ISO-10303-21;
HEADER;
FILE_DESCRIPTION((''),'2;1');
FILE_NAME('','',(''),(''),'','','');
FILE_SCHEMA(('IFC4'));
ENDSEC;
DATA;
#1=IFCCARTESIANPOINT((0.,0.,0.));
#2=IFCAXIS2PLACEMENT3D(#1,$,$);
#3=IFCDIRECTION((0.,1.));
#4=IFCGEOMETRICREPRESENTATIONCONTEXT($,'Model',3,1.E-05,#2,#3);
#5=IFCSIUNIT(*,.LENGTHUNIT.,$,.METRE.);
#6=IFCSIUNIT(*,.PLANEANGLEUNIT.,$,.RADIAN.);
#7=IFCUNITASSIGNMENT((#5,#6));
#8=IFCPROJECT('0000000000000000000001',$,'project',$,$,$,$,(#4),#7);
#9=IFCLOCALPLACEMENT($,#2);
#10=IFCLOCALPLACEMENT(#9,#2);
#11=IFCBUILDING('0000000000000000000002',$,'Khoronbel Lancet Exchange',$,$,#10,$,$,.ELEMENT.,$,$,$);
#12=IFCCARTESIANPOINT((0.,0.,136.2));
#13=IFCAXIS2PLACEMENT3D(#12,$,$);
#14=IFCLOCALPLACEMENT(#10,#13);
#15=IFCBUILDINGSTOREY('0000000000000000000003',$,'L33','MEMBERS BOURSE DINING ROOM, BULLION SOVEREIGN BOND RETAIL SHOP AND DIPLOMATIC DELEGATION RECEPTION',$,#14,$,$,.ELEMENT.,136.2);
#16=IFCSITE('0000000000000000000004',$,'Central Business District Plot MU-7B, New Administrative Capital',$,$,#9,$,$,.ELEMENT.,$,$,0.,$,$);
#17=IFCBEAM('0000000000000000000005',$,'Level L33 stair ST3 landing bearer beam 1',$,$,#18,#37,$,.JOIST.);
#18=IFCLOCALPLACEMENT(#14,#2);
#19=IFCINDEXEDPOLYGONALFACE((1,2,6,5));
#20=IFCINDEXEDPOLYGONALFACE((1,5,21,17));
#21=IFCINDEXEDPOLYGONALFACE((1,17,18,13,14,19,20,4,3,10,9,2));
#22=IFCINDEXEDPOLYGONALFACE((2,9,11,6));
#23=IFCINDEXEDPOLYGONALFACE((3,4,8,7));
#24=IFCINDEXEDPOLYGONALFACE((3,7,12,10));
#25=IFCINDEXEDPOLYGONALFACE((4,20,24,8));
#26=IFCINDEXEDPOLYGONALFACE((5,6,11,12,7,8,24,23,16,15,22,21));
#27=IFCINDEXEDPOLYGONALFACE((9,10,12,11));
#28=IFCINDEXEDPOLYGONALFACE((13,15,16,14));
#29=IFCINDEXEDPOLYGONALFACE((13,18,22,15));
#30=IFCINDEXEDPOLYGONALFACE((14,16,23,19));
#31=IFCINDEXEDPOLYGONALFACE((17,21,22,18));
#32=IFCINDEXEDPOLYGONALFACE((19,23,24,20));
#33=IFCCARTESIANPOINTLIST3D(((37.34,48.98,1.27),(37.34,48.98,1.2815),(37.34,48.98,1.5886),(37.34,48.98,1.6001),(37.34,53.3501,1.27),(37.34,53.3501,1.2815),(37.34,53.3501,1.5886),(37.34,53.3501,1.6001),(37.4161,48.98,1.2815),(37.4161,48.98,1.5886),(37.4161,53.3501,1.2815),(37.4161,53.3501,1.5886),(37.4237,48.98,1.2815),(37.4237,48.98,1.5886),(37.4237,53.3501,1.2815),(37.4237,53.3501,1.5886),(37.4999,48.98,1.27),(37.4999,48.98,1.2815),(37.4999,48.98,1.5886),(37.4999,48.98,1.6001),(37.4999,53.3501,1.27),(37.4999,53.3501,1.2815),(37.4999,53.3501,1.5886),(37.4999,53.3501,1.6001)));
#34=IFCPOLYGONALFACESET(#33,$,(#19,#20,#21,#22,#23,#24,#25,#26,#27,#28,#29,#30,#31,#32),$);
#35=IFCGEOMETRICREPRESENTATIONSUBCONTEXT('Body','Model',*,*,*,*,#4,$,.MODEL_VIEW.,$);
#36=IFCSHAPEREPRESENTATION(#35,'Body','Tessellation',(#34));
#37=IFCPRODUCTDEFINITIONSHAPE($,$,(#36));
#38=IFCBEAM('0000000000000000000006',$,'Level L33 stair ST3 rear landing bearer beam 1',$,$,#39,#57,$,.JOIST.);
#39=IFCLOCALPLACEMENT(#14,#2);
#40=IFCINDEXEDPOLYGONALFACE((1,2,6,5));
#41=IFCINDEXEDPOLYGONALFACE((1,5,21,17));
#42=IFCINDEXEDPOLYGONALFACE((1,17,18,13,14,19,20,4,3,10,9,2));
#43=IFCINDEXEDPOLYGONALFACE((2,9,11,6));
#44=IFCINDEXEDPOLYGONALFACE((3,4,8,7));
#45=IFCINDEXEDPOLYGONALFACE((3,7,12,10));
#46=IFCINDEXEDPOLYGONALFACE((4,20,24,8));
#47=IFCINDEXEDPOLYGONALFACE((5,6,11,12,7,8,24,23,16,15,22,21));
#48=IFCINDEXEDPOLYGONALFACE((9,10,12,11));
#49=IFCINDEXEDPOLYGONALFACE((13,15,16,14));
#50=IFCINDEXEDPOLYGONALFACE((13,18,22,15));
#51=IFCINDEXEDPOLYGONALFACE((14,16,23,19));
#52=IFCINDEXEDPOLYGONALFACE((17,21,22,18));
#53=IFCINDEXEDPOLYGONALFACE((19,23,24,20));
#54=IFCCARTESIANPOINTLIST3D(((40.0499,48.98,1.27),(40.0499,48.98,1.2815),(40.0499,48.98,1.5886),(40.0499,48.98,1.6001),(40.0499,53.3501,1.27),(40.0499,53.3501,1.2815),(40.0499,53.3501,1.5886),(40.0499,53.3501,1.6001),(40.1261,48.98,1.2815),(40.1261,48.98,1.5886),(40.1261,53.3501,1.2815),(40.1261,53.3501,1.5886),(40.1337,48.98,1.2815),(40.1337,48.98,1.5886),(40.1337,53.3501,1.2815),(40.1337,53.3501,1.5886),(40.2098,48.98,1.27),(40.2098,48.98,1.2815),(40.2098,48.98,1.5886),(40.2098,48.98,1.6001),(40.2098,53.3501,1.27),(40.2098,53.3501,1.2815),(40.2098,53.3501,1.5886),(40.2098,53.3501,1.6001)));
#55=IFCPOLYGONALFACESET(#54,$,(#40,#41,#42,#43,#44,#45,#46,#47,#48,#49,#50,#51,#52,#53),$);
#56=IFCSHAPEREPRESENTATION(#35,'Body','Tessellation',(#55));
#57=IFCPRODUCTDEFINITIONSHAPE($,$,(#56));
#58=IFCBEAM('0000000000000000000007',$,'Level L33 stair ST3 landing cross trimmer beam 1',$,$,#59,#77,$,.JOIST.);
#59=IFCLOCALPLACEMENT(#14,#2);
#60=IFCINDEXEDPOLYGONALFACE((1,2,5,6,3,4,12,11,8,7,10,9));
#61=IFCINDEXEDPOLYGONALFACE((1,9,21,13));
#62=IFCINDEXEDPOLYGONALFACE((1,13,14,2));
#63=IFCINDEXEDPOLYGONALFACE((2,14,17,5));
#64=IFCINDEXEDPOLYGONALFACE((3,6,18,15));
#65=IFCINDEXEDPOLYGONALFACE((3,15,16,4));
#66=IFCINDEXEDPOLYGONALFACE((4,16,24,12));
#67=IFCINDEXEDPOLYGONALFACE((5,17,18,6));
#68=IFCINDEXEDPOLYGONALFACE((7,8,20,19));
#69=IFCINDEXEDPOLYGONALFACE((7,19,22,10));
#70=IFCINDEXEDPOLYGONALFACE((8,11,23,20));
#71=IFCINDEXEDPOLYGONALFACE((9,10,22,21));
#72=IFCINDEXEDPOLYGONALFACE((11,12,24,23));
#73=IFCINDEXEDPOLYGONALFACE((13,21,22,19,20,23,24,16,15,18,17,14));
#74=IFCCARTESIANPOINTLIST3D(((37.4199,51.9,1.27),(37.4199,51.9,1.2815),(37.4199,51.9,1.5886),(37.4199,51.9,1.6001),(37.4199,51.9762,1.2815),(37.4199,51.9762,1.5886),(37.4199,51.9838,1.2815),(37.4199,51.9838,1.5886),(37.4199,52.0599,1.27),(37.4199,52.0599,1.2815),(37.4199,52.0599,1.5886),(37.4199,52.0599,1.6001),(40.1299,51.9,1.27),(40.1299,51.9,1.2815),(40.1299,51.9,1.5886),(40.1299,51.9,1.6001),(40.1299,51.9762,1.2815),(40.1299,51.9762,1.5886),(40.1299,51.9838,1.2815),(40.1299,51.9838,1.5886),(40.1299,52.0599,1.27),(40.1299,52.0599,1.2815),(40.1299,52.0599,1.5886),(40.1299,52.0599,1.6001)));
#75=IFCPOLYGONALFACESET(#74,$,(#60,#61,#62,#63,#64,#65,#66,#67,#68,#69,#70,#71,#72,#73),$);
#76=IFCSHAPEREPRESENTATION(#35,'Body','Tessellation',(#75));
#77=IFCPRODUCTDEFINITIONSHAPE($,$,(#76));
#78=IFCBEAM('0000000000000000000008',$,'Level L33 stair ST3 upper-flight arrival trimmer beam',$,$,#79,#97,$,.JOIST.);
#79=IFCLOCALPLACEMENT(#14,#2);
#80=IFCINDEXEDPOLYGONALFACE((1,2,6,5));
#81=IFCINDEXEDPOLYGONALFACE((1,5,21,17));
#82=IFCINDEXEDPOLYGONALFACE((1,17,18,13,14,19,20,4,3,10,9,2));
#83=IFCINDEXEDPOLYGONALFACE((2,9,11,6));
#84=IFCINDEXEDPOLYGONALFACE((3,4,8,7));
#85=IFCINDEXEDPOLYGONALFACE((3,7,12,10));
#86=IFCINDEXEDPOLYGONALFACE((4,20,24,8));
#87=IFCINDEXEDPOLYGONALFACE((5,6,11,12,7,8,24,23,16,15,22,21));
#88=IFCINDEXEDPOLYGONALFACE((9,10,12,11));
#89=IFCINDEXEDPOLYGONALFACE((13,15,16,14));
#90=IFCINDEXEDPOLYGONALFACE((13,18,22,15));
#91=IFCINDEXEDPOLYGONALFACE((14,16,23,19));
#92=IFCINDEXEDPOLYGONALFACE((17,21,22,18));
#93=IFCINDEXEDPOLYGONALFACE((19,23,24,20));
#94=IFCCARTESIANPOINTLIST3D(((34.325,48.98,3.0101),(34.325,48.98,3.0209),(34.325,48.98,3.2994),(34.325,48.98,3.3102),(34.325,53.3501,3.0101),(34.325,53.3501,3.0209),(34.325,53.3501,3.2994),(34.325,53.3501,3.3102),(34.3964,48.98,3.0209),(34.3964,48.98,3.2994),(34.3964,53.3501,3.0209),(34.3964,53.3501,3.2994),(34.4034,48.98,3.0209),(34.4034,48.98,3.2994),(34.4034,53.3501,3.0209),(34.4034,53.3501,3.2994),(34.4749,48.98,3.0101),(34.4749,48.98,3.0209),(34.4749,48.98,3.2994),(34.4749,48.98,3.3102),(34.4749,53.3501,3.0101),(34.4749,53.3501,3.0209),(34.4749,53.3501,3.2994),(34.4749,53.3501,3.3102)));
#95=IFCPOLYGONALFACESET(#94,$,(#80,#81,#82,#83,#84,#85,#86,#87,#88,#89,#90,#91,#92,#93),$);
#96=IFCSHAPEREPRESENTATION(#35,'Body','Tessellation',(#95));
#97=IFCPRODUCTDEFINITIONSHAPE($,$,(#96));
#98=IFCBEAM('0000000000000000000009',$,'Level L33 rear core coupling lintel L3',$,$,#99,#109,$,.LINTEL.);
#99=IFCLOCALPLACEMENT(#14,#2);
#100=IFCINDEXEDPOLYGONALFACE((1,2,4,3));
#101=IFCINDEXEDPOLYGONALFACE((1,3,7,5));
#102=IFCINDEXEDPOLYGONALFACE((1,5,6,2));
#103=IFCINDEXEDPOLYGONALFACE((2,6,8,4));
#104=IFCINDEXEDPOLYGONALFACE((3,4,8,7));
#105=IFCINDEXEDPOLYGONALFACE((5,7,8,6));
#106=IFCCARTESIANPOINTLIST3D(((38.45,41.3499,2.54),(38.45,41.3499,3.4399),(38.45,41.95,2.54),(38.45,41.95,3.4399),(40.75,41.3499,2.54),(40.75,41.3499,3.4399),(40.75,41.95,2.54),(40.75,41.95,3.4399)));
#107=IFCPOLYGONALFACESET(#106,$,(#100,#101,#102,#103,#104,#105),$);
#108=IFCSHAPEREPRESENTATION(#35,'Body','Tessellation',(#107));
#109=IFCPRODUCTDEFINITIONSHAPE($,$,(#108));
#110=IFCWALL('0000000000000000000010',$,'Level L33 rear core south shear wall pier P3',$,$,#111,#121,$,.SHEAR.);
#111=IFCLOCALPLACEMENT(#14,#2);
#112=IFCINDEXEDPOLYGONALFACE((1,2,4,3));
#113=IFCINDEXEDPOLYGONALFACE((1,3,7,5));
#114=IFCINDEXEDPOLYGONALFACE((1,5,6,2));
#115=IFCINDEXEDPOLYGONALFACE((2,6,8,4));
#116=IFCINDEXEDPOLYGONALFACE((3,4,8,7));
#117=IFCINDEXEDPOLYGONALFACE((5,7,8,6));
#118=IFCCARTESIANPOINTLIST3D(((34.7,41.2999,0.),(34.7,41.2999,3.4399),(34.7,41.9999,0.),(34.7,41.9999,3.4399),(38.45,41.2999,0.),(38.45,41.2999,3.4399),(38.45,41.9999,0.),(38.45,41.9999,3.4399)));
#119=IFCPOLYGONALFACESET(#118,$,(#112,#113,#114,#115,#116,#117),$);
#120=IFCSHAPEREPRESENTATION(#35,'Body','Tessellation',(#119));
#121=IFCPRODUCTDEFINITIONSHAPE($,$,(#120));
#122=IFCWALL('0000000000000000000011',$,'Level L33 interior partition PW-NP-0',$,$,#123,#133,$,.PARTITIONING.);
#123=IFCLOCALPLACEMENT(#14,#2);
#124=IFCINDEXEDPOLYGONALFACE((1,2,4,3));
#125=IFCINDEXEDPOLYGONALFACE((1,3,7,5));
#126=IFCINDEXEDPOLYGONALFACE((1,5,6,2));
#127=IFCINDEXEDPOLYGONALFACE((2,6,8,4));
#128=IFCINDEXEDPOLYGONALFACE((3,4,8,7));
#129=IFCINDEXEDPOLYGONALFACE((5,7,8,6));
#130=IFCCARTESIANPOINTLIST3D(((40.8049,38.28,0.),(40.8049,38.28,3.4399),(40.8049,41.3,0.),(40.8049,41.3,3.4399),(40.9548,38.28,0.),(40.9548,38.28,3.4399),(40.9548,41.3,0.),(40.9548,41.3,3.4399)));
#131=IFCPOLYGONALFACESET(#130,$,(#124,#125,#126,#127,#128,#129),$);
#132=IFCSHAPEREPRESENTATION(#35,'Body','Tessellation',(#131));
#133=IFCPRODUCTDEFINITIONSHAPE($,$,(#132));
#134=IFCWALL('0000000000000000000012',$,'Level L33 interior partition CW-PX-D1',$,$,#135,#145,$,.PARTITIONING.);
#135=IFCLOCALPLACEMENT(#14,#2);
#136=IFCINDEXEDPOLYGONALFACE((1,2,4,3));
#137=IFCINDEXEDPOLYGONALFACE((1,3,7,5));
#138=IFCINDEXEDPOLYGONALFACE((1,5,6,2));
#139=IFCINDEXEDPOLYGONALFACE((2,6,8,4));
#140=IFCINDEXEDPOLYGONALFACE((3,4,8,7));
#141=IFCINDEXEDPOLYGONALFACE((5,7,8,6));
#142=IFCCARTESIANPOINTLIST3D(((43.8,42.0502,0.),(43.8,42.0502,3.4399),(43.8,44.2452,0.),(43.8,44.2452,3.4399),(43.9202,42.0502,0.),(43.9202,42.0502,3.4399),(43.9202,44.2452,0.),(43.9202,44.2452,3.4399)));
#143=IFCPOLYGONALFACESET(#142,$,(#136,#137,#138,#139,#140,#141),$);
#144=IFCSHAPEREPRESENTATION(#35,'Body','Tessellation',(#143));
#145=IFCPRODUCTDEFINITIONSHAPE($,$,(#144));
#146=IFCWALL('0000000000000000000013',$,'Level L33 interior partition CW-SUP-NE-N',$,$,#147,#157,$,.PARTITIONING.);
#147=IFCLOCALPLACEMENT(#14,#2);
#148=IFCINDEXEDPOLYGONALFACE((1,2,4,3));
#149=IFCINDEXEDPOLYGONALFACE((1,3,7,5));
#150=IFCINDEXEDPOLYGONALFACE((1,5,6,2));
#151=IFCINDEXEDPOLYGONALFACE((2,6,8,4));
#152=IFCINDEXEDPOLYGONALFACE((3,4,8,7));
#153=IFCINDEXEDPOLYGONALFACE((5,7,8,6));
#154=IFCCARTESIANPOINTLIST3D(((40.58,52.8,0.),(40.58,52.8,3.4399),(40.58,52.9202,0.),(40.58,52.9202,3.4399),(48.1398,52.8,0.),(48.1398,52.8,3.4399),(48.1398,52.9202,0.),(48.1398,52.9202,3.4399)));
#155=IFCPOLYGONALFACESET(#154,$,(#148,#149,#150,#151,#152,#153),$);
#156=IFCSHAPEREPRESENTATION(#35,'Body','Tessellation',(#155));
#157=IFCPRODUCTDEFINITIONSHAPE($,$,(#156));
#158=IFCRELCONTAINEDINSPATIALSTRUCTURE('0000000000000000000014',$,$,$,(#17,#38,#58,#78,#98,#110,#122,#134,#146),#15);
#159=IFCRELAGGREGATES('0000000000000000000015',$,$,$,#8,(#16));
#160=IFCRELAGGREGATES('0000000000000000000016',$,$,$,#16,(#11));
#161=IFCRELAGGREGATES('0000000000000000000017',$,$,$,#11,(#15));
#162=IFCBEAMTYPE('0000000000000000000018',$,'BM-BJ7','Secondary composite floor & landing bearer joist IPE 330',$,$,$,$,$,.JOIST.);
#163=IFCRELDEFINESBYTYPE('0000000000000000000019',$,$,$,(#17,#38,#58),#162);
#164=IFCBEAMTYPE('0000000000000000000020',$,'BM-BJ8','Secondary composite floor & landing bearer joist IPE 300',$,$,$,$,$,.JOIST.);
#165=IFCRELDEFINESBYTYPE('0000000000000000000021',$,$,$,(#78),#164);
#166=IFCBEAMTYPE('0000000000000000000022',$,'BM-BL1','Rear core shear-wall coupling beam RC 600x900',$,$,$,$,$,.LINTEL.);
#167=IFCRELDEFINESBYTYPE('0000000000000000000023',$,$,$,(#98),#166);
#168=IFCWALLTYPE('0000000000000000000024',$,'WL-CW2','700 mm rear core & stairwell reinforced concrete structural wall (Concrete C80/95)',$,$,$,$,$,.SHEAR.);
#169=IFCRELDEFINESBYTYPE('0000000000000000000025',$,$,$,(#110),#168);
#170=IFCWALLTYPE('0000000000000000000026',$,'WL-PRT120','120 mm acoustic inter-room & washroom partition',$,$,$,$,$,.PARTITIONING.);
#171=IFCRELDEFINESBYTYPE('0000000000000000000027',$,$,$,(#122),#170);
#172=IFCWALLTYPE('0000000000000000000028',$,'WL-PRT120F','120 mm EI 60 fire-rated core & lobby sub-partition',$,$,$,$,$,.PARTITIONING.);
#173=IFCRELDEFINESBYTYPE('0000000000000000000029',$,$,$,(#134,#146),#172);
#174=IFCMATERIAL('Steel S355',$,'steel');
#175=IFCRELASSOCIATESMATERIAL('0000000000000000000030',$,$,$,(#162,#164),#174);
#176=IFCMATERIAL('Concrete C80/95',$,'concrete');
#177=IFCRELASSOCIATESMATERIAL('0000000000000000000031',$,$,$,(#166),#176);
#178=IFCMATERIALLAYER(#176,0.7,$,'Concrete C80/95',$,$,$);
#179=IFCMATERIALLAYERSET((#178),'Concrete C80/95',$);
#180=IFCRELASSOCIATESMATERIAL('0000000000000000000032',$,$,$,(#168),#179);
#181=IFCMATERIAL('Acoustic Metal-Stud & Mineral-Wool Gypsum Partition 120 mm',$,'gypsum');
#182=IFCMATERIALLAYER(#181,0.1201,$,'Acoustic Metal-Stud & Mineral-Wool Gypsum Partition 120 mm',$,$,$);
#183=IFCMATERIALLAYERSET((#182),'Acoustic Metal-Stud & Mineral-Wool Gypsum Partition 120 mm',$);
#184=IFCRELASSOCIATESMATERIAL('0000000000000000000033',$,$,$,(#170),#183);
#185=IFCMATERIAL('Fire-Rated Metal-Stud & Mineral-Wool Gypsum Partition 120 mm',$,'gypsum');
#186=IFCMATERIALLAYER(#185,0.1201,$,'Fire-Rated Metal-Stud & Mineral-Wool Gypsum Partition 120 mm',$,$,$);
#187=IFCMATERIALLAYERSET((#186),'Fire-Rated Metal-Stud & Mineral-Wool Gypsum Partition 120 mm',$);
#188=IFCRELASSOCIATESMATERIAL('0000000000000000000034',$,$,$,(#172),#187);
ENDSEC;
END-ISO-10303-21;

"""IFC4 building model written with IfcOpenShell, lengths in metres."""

from ifc_helpers import new_model, si_unit, direction, frame, frame_2d, origin, origin_2d, place, context, subcontext, project, spatial, rectangle, i_section, extrude, material, layer, layer_set, material_profile, profile_set, type_object, element, save


model = new_model("IFC4")

# Units and contexts
model_context = context("Model", 3, precision=1e-05, world=origin(), true_north=direction((0.0, 1.0)))
body_context = subcontext(model_context, "Body", "Model", "MODEL_VIEW")
ifc_project = project(units=[si_unit("LENGTHUNIT", "METRE"), si_unit("PLANEANGLEUNIT", "RADIAN")], contexts=[model_context])

# Site, building, storey
site_placement = place(None, origin())
site = spatial("IfcSite", under=ifc_project, at=site_placement, Name="Central Business District Plot MU-7B, New Administrative Capital", CompositionType="ELEMENT", RefElevation=0.0)
building_placement = place(site_placement, origin())
building = spatial("IfcBuilding", under=site, at=building_placement, Name="Khoronbel Lancet Exchange", CompositionType="ELEMENT")
storey_placement = place(building_placement, frame((0.0, 0.0, 136.2)))
storey = spatial("IfcBuildingStorey", under=building, at=storey_placement, Name="L33", Description="MEMBERS BOURSE DINING ROOM, BULLION SOVEREIGN BOND RETAIL SHOP AND DIPLOMATIC DELEGATION RECEPTION", CompositionType="ELEMENT", Elevation=136.2)

# Beams
ifc_material_1 = material(Name="Steel S355", Category="steel")
ifc_material_profile_1 = material_profile(ifc_material_1, i_section(OverallWidth=0.1599, OverallDepth=0.3301, WebThickness=0.0076, FlangeThickness=0.0115, at=origin_2d()), Name="IPE 330")
ifc_profile_set_1 = profile_set([ifc_material_profile_1], Name="Steel S355")
beam_type_1 = type_object("IfcBeamType", Name="BM-BJ7", Description="Secondary composite floor & landing bearer joist IPE 330", PredefinedType="JOIST", material=ifc_profile_set_1)
for number, where, z_axis, x_axis, name in (
    (1, (37.4199, 48.98, 1.4351), (0.0, 1.0, 0.0), (-1.0, 0.0, 0.0), "Level L33 stair ST3 landing bearer beam 1"),
    (2, (40.1299, 48.98, 1.4351), (0.0, 1.0, 0.0), (-1.0, 0.0, 0.0), "Level L33 stair ST3 rear landing bearer beam 1"),
):
    element("IfcBeam", number, at=place(storey_placement, frame(where, z_axis=z_axis, x_axis=x_axis)), inside=storey, type_object=beam_type_1, Name=name, PredefinedType="JOIST", context=body_context, shape_type="SweptSolid", body=[
        extrude(i_section(OverallWidth=0.1599, OverallDepth=0.3301, WebThickness=0.0076, FlangeThickness=0.0115, at=origin_2d()), origin(), (0.0, 0.0, 1.0), 4.3701),
    ])
beam_1_placement = place(storey_placement, frame((37.4199, 51.98, 1.4351), z_axis=(1.0, 0.0, 0.0), x_axis=(0.0, 1.0, 0.0)))
element("IfcBeam", 3, at=beam_1_placement, inside=storey, type_object=beam_type_1, Name="Level L33 stair ST3 landing cross trimmer beam 1", PredefinedType="JOIST", context=body_context, shape_type="SweptSolid", body=[
    extrude(i_section(OverallWidth=0.1599, OverallDepth=0.3301, WebThickness=0.0076, FlangeThickness=0.0115, at=origin_2d()), origin(), (0.0, 0.0, 1.0), 2.71),
])
ifc_material_profile_2 = material_profile(ifc_material_1, i_section(OverallWidth=0.1499, OverallDepth=0.3, WebThickness=0.0071, FlangeThickness=0.0107, at=origin_2d()), Name="IPE 300")
ifc_profile_set_2 = profile_set([ifc_material_profile_2], Name="Steel S355")
beam_type_2 = type_object("IfcBeamType", Name="BM-BJ8", Description="Secondary composite floor & landing bearer joist IPE 300", PredefinedType="JOIST", material=ifc_profile_set_2)
beam_2_placement = place(storey_placement, frame((34.3999, 48.98, 3.1602), z_axis=(0.0, 1.0, 0.0), x_axis=(-1.0, 0.0, 0.0)))
element("IfcBeam", 4, at=beam_2_placement, inside=storey, type_object=beam_type_2, Name="Level L33 stair ST3 upper-flight arrival trimmer beam", PredefinedType="JOIST", context=body_context, shape_type="SweptSolid", body=[
    extrude(i_section(OverallWidth=0.1499, OverallDepth=0.3, WebThickness=0.0071, FlangeThickness=0.0107, at=origin_2d()), origin(), (0.0, 0.0, 1.0), 4.3701),
])
ifc_material_2 = material(Name="Concrete C80/95", Category="concrete")
ifc_material_profile_3 = material_profile(ifc_material_2, rectangle(XDim=0.6001, YDim=0.8999, at=origin_2d()), Name="RC 600x900")
ifc_profile_set_3 = profile_set([ifc_material_profile_3], Name="Concrete C80/95")
beam_type_3 = type_object("IfcBeamType", Name="BM-BL1", Description="Rear core shear-wall coupling beam RC 600x900", PredefinedType="LINTEL", material=ifc_profile_set_3)
beam_3_placement = place(storey_placement, frame((38.45, 41.6499, 2.99), z_axis=(1.0, 0.0, 0.0), x_axis=(0.0, 1.0, 0.0)))
element("IfcBeam", 5, at=beam_3_placement, inside=storey, type_object=beam_type_3, Name="Level L33 rear core coupling lintel L3", PredefinedType="LINTEL", context=body_context, shape_type="SweptSolid", body=[
    extrude(rectangle(XDim=0.6001, YDim=0.8999, at=origin_2d()), origin(), (0.0, 0.0, 1.0), 2.3),
])

# Walls
ifc_layer_1 = layer(ifc_material_2, 0.7, Name="Concrete C80/95")
ifc_layer_set_1 = layer_set([ifc_layer_1], Name="Concrete C80/95")
wall_type_1 = type_object("IfcWallType", Name="WL-CW2", Description="700 mm rear core & stairwell reinforced concrete structural wall (Concrete C80/95)", PredefinedType="SHEAR", material=ifc_layer_set_1)
wall_1_placement = place(storey_placement, frame((38.45, 41.6499, 0.0), z_axis=(0.0, 0.0, 1.0), x_axis=(-1.0, 0.0, 0.0)))
element("IfcWall", 6, at=wall_1_placement, inside=storey, type_object=wall_type_1, Name="Level L33 rear core south shear wall pier P3", PredefinedType="SHEAR", context=body_context, shape_type="SweptSolid", body=[
    extrude(rectangle(XDim=3.75, YDim=0.7, at=frame_2d((1.875, 0.0))), origin(), (0.0, 0.0, 1.0), 3.4399),
])
ifc_material_3 = material(Name="Acoustic Metal-Stud & Mineral-Wool Gypsum Partition 120 mm", Category="gypsum")
ifc_layer_2 = layer(ifc_material_3, 0.1201, Name="Acoustic Metal-Stud & Mineral-Wool Gypsum Partition 120 mm")
ifc_layer_set_2 = layer_set([ifc_layer_2], Name="Acoustic Metal-Stud & Mineral-Wool Gypsum Partition 120 mm")
wall_type_2 = type_object("IfcWallType", Name="WL-PRT120", Description="120 mm acoustic inter-room & washroom partition", PredefinedType="PARTITIONING", material=ifc_layer_set_2)
wall_2_placement = place(storey_placement, frame((40.8799, 38.28, 0.0), z_axis=(0.0, 0.0, 1.0), x_axis=(0.0, 1.0, 0.0)))
element("IfcWall", 7, at=wall_2_placement, inside=storey, type_object=wall_type_2, Name="Level L33 interior partition PW-NP-0", PredefinedType="PARTITIONING", context=body_context, shape_type="SweptSolid", body=[
    extrude(rectangle(XDim=3.02, YDim=0.1499, at=frame_2d((1.51, 0.0))), origin(), (0.0, 0.0, 1.0), 3.4399),
])
ifc_material_4 = material(Name="Fire-Rated Metal-Stud & Mineral-Wool Gypsum Partition 120 mm", Category="gypsum")
ifc_layer_3 = layer(ifc_material_4, 0.1201, Name="Fire-Rated Metal-Stud & Mineral-Wool Gypsum Partition 120 mm")
ifc_layer_set_3 = layer_set([ifc_layer_3], Name="Fire-Rated Metal-Stud & Mineral-Wool Gypsum Partition 120 mm")
wall_type_3 = type_object("IfcWallType", Name="WL-PRT120F", Description="120 mm EI 60 fire-rated core & lobby sub-partition", PredefinedType="PARTITIONING", material=ifc_layer_set_3)
wall_3_placement = place(storey_placement, frame((43.8601, 42.05, 0.0), z_axis=(0.0, 0.0, 1.0), x_axis=(0.0, 1.0, 0.0)))
element("IfcWall", 8, at=wall_3_placement, inside=storey, type_object=wall_type_3, Name="Level L33 interior partition CW-PX-D1", PredefinedType="PARTITIONING", context=body_context, shape_type="SweptSolid", body=[
    extrude(rectangle(XDim=2.1951, YDim=0.1201, at=frame_2d((1.0977, 0.0))), origin(), (0.0, 0.0, 1.0), 3.4399),
])
wall_4_placement = place(storey_placement, frame((40.5801, 52.8601, 0.0), z_axis=(0.0, 0.0, 1.0), x_axis=(1.0, 0.0, 0.0)))
element("IfcWall", 9, at=wall_4_placement, inside=storey, type_object=wall_type_3, Name="Level L33 interior partition CW-SUP-NE-N", PredefinedType="PARTITIONING", context=body_context, shape_type="SweptSolid", body=[
    extrude(rectangle(XDim=7.5598, YDim=0.1201, at=frame_2d((3.7798, 0.0))), origin(), (0.0, 0.0, 1.0), 3.4399),
])

save(model, "model.ifc")
